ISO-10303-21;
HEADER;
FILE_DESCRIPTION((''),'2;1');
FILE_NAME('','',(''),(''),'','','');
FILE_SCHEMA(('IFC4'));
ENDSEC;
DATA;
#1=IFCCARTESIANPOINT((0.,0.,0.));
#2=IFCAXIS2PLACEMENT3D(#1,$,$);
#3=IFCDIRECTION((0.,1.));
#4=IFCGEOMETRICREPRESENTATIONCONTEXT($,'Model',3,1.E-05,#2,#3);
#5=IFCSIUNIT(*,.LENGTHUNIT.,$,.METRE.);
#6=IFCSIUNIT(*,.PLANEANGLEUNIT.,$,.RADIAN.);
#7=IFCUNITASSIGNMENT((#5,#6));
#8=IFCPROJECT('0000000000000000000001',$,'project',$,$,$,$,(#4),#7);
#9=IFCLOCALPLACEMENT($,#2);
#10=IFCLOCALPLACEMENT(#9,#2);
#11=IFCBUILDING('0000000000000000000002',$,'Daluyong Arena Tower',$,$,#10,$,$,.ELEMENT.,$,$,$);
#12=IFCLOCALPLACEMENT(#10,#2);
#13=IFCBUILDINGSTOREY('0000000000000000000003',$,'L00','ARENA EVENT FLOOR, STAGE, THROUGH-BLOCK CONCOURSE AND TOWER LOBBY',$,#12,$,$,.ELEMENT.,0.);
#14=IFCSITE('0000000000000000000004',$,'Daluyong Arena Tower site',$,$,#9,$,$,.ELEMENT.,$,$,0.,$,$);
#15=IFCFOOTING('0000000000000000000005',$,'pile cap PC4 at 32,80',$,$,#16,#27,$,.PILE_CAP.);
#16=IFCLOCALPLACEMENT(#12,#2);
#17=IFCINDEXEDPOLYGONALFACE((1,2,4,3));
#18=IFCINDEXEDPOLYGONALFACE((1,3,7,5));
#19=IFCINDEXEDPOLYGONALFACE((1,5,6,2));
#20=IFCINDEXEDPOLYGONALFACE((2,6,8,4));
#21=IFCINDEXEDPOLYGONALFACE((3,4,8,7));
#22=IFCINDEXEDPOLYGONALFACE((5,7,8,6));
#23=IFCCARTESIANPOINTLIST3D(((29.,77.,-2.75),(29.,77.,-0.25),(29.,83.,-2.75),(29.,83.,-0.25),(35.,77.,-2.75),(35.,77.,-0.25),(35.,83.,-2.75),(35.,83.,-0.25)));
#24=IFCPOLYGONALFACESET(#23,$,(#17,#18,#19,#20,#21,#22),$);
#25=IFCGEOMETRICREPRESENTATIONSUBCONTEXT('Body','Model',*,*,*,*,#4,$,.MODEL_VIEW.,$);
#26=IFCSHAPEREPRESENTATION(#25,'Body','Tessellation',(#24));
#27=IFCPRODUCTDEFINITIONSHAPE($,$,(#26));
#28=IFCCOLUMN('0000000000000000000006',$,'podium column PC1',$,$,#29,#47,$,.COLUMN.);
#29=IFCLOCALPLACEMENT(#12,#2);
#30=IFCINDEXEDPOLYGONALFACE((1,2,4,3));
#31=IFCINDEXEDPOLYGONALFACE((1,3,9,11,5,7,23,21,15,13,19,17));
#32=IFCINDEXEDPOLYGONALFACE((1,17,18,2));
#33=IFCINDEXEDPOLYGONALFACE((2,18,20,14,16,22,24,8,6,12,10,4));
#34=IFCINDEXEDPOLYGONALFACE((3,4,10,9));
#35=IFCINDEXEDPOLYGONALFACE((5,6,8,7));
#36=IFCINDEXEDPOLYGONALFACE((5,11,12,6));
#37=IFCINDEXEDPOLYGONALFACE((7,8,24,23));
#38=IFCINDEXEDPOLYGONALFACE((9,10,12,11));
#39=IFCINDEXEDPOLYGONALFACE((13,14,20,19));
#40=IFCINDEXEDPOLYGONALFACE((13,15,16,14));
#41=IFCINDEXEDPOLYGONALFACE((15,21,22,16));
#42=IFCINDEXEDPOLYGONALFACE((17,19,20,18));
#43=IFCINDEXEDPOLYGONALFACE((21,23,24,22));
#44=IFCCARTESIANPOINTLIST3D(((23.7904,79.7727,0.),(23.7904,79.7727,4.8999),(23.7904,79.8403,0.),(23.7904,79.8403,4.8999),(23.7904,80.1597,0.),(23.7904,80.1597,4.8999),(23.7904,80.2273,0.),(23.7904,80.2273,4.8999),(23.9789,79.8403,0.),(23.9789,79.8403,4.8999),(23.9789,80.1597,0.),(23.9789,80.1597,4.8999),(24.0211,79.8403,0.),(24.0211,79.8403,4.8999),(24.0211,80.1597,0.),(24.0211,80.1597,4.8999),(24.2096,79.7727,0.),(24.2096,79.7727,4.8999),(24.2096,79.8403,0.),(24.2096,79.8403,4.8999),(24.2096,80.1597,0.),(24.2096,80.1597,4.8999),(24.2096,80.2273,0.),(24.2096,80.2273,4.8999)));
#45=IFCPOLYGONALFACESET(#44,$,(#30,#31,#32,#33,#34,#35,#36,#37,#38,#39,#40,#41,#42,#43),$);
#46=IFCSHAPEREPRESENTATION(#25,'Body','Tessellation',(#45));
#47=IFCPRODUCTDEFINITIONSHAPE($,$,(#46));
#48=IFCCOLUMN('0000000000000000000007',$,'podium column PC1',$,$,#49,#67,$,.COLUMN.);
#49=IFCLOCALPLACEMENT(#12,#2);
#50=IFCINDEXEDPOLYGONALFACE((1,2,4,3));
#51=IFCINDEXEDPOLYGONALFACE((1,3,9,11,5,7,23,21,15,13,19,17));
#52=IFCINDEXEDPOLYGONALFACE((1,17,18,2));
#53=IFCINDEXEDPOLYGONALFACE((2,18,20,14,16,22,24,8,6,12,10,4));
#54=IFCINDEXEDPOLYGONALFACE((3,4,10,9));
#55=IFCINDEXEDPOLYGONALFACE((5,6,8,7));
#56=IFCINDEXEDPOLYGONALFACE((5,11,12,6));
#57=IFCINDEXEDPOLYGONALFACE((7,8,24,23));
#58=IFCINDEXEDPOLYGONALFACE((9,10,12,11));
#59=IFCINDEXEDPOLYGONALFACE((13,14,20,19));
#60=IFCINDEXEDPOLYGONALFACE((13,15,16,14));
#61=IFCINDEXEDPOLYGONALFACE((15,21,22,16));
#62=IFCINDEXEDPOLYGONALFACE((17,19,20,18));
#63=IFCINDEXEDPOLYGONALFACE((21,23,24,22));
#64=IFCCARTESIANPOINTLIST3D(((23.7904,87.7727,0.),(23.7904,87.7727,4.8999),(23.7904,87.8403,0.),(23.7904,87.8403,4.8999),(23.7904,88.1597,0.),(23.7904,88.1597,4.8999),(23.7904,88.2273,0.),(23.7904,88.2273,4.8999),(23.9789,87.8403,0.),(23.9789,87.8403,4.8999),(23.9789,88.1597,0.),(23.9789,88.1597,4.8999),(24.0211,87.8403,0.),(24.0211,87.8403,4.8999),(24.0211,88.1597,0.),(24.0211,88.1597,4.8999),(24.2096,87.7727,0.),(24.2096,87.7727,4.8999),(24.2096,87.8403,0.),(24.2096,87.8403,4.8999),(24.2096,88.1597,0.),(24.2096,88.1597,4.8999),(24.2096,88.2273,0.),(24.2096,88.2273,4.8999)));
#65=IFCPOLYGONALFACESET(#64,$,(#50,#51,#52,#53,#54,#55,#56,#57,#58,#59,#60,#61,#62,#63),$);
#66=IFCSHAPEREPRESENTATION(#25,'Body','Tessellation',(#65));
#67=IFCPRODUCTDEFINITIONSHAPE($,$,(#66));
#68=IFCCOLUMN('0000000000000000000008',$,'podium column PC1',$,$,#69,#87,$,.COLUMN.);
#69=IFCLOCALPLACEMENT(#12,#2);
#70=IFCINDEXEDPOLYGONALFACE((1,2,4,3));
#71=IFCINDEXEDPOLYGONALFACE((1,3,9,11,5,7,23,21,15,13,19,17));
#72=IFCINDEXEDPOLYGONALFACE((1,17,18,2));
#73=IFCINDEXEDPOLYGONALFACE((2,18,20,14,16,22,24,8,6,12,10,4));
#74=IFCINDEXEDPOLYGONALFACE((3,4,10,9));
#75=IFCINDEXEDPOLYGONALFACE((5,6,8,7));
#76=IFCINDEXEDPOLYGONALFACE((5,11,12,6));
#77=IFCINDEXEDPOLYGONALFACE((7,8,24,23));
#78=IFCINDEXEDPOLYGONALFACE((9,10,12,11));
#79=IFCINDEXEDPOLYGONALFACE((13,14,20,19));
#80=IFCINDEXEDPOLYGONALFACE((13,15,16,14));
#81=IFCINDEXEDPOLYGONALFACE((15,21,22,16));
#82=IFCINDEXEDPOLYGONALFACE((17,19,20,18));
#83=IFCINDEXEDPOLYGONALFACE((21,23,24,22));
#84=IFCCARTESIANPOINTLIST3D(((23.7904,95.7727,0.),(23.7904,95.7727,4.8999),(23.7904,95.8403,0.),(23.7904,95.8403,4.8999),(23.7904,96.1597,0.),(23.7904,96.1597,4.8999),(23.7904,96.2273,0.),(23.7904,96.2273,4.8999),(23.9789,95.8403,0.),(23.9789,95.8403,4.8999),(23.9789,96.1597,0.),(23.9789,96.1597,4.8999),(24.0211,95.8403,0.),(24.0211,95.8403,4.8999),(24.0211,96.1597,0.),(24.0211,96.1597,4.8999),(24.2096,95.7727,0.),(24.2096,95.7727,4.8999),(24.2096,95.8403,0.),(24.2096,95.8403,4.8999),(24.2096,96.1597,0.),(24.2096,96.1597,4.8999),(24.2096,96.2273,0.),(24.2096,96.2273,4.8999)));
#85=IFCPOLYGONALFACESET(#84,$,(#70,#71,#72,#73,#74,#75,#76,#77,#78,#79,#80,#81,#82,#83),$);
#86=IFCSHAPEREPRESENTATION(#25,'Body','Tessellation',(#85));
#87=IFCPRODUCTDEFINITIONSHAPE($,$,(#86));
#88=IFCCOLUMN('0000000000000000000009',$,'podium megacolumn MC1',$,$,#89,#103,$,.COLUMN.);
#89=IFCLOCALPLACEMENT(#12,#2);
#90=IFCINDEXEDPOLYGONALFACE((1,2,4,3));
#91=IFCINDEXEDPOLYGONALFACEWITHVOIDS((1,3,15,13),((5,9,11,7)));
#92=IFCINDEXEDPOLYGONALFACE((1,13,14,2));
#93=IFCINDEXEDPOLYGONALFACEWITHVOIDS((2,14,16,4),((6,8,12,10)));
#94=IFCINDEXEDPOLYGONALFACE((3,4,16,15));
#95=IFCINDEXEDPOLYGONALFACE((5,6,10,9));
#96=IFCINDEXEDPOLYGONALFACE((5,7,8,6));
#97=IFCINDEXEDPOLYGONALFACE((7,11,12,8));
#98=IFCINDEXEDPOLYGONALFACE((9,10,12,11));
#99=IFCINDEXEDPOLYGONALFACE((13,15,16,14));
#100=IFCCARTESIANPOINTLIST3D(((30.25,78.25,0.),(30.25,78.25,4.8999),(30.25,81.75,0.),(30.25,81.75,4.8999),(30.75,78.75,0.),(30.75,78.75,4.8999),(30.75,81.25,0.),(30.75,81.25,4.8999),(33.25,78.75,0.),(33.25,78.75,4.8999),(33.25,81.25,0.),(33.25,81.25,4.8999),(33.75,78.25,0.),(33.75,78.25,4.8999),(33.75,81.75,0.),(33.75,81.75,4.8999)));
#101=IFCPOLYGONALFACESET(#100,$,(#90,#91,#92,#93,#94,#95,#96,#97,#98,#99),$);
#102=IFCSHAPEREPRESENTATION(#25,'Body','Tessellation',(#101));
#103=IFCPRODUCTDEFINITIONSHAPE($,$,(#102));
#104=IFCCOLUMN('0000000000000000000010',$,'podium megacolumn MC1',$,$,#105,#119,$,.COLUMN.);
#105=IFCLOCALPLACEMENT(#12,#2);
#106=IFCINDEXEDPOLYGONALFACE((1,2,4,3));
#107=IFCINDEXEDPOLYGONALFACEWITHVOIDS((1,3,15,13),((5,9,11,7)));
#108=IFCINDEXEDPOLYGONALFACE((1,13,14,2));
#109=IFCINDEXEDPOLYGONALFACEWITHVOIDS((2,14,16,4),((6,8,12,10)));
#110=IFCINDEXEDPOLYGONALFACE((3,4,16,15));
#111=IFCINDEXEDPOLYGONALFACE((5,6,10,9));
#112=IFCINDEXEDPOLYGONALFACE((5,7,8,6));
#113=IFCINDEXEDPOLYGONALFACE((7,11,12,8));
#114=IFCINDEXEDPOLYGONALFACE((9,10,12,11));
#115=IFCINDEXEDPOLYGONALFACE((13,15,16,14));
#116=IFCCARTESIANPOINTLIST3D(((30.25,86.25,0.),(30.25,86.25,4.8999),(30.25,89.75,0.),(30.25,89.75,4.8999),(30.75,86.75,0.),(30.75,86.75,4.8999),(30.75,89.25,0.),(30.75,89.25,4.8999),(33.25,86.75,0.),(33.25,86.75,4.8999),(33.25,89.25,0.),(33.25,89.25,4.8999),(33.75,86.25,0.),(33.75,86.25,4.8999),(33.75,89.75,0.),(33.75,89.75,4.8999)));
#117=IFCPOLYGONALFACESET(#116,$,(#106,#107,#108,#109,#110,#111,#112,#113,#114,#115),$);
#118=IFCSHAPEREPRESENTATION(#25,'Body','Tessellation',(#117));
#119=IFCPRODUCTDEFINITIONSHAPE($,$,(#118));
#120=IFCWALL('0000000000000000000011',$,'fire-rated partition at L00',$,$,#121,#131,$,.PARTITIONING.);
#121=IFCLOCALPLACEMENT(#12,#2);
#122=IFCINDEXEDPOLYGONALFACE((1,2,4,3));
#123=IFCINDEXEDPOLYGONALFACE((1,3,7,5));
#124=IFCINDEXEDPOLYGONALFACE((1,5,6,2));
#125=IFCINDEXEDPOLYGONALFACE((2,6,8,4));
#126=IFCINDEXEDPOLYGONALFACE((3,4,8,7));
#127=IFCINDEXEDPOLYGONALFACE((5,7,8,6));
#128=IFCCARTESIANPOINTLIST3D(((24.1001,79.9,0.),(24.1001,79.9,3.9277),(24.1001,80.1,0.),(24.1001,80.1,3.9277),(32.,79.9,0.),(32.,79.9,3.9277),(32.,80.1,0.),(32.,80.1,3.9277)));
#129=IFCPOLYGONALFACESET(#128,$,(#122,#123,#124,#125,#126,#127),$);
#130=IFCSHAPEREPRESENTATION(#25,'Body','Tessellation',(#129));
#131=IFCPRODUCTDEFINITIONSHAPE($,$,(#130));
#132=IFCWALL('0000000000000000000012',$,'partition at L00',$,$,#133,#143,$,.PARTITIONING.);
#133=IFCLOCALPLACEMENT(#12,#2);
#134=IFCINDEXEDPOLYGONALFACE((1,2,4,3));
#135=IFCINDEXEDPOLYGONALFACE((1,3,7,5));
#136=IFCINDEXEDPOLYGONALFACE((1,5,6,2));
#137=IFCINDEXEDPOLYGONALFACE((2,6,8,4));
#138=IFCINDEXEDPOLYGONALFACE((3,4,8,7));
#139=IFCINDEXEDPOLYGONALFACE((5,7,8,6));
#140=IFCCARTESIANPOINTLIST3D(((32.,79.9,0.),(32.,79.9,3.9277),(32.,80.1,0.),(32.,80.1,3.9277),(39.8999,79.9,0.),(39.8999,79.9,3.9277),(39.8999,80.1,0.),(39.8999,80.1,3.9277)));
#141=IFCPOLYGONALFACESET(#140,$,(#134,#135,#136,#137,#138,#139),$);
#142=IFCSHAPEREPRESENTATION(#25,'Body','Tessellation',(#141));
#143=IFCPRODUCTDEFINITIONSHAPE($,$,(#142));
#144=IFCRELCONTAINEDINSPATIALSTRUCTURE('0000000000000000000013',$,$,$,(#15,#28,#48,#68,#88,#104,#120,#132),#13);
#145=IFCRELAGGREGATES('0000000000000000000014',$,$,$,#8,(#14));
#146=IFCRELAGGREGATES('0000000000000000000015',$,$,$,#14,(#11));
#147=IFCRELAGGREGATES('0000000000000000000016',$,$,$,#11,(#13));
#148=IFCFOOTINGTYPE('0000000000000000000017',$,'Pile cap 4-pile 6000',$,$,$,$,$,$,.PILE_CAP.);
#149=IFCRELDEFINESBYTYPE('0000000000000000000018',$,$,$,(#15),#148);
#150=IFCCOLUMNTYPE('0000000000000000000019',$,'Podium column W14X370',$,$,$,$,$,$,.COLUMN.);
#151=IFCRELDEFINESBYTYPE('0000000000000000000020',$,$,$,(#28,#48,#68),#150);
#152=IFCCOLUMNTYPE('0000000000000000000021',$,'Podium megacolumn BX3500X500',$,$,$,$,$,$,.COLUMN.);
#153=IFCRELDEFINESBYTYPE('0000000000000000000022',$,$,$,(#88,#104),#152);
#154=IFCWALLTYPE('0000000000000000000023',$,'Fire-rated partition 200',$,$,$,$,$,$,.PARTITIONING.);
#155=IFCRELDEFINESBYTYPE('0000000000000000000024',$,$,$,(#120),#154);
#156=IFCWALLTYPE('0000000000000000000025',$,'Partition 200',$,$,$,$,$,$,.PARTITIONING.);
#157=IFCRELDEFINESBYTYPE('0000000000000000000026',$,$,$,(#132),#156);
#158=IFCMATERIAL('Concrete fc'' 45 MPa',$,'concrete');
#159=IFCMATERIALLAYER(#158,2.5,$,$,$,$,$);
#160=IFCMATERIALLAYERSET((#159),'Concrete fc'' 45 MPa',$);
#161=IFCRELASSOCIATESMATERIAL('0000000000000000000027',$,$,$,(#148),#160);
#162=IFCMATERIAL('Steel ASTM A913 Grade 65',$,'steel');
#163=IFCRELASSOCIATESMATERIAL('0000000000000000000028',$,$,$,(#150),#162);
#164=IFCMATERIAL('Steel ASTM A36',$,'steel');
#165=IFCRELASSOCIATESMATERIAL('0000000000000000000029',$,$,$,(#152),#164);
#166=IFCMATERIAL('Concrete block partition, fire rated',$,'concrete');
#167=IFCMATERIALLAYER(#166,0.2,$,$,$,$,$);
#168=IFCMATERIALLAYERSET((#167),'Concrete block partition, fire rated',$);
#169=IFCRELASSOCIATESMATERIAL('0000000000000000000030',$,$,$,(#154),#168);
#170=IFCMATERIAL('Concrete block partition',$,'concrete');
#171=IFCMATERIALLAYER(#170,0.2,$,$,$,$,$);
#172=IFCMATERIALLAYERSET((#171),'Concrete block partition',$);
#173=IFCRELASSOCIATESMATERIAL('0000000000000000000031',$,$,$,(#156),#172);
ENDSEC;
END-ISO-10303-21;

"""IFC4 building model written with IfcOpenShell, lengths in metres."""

from ifc_helpers import new_model, si_unit, direction, frame, frame_2d, origin, origin_2d, place, context, subcontext, project, spatial, rectangle, hollow_rectangle, i_section, extrude, material, layer, layer_set, material_profile, profile_set, type_object, element, save


model = new_model("IFC4")

# Units and contexts
model_context = context("Model", 3, precision=1e-05, world=origin(), true_north=direction((0.0, 1.0)))
body_context = subcontext(model_context, "Body", "Model", "MODEL_VIEW")
ifc_project = project(units=[si_unit("LENGTHUNIT", "METRE"), si_unit("PLANEANGLEUNIT", "RADIAN")], contexts=[model_context])

# Site, building, storey
site_placement = place(None, origin())
site = spatial("IfcSite", under=ifc_project, at=site_placement, Name="Daluyong Arena Tower site", CompositionType="ELEMENT", RefElevation=0.0)
building_placement = place(site_placement, origin())
building = spatial("IfcBuilding", under=site, at=building_placement, Name="Daluyong Arena Tower", CompositionType="ELEMENT")
storey_placement = place(building_placement, origin())
storey = spatial("IfcBuildingStorey", under=building, at=storey_placement, Name="L00", Description="ARENA EVENT FLOOR, STAGE, THROUGH-BLOCK CONCOURSE AND TOWER LOBBY", CompositionType="ELEMENT", Elevation=0.0)

# Footing
ifc_material_1 = material(Name="Concrete fc' 45 MPa", Category="concrete")
ifc_layer_1 = layer(ifc_material_1, 2.5)
ifc_layer_set_1 = layer_set([ifc_layer_1], Name="Concrete fc' 45 MPa")
footing_type_1 = type_object("IfcFootingType", Name="Pile cap 4-pile 6000", PredefinedType="PILE_CAP", material=ifc_layer_set_1)
footing_placement = place(storey_placement, frame((32.0, 80.0, -2.75), z_axis=(0.0, 0.0, 1.0), x_axis=(1.0, 0.0, 0.0)))
element("IfcFooting", 1, at=footing_placement, inside=storey, type_object=footing_type_1, Name="pile cap PC4 at 32,80", PredefinedType="PILE_CAP", context=body_context, shape_type="SweptSolid", body=[
    extrude(rectangle(XDim=6.0, YDim=6.0, at=origin_2d()), origin(), (0.0, 0.0, 1.0), 2.5),
])

# Columns
ifc_material_2 = material(Name="Steel ASTM A913 Grade 65", Category="steel")
ifc_material_profile_1 = material_profile(ifc_material_2, i_section(OverallWidth=0.4192, OverallDepth=0.4546, WebThickness=0.0422, FlangeThickness=0.0676, at=origin_2d()))
ifc_profile_set_1 = profile_set([ifc_material_profile_1], Name="Steel ASTM A913 Grade 65")
column_type_1 = type_object("IfcColumnType", Name="Podium column W14X370", PredefinedType="COLUMN", material=ifc_profile_set_1)
for number, where, z_axis, x_axis, name in (
    (2, (24.0, 80.0, 0.0), (0.0, 0.0, 1.0), (1.0, 0.0, 0.0), "podium column PC1"),
    (3, (24.0, 88.0, 0.0), (0.0, 0.0, 1.0), (1.0, 0.0, 0.0), "podium column PC1"),
    (4, (24.0, 96.0, 0.0), (0.0, 0.0, 1.0), (1.0, 0.0, 0.0), "podium column PC1"),
):
    element("IfcColumn", number, at=place(storey_placement, frame(where, z_axis=z_axis, x_axis=x_axis)), inside=storey, type_object=column_type_1, Name=name, PredefinedType="COLUMN", context=body_context, shape_type="SweptSolid", body=[
        extrude(i_section(OverallWidth=0.4192, OverallDepth=0.4546, WebThickness=0.0422, FlangeThickness=0.0676, at=origin_2d()), origin(), (0.0, 0.0, 1.0), 4.8999),
    ])
ifc_material_3 = material(Name="Steel ASTM A36", Category="steel")
ifc_material_profile_2 = material_profile(ifc_material_3, hollow_rectangle(XDim=3.5, YDim=3.5, WallThickness=0.5, at=origin_2d()))
ifc_profile_set_2 = profile_set([ifc_material_profile_2], Name="Steel ASTM A36")
column_type_2 = type_object("IfcColumnType", Name="Podium megacolumn BX3500X500", PredefinedType="COLUMN", material=ifc_profile_set_2)
for number, where, z_axis, x_axis, name in (
    (5, (32.0, 80.0, 0.0), (0.0, 0.0, 1.0), (1.0, 0.0, 0.0), "podium megacolumn MC1"),
    (6, (32.0, 88.0, 0.0), (0.0, 0.0, 1.0), (1.0, 0.0, 0.0), "podium megacolumn MC1"),
):
    element("IfcColumn", number, at=place(storey_placement, frame(where, z_axis=z_axis, x_axis=x_axis)), inside=storey, type_object=column_type_2, Name=name, PredefinedType="COLUMN", context=body_context, shape_type="SweptSolid", body=[
        extrude(hollow_rectangle(XDim=3.5, YDim=3.5, WallThickness=0.5, at=origin_2d()), origin(), (0.0, 0.0, 1.0), 4.8999),
    ])

# Walls
ifc_material_4 = material(Name="Concrete block partition, fire rated", Category="concrete")
ifc_layer_2 = layer(ifc_material_4, 0.2)
ifc_layer_set_2 = layer_set([ifc_layer_2], Name="Concrete block partition, fire rated")
wall_type_1 = type_object("IfcWallType", Name="Fire-rated partition 200", PredefinedType="PARTITIONING", material=ifc_layer_set_2)
wall_1_placement = place(storey_placement, frame((24.1001, 80.0, 0.0), z_axis=(0.0, 0.0, 1.0), x_axis=(1.0, 0.0, 0.0)))
element("IfcWall", 7, at=wall_1_placement, inside=storey, type_object=wall_type_1, Name="fire-rated partition at L00", PredefinedType="PARTITIONING", context=body_context, shape_type="SweptSolid", body=[
    extrude(rectangle(XDim=7.8999, YDim=0.2, at=frame_2d((3.95, 0.0))), origin(), (0.0, 0.0, 1.0), 3.9277),
])
ifc_material_5 = material(Name="Concrete block partition", Category="concrete")
ifc_layer_3 = layer(ifc_material_5, 0.2)
ifc_layer_set_3 = layer_set([ifc_layer_3], Name="Concrete block partition")
wall_type_2 = type_object("IfcWallType", Name="Partition 200", PredefinedType="PARTITIONING", material=ifc_layer_set_3)
wall_2_placement = place(storey_placement, frame((32.0, 80.0, 0.0), z_axis=(0.0, 0.0, 1.0), x_axis=(1.0, 0.0, 0.0)))
element("IfcWall", 8, at=wall_2_placement, inside=storey, type_object=wall_type_2, Name="partition at L00", PredefinedType="PARTITIONING", context=body_context, shape_type="SweptSolid", body=[
    extrude(rectangle(XDim=7.8999, YDim=0.2, at=frame_2d((3.95, 0.0))), origin(), (0.0, 0.0, 1.0), 3.9277),
])

save(model, "model.ifc")
